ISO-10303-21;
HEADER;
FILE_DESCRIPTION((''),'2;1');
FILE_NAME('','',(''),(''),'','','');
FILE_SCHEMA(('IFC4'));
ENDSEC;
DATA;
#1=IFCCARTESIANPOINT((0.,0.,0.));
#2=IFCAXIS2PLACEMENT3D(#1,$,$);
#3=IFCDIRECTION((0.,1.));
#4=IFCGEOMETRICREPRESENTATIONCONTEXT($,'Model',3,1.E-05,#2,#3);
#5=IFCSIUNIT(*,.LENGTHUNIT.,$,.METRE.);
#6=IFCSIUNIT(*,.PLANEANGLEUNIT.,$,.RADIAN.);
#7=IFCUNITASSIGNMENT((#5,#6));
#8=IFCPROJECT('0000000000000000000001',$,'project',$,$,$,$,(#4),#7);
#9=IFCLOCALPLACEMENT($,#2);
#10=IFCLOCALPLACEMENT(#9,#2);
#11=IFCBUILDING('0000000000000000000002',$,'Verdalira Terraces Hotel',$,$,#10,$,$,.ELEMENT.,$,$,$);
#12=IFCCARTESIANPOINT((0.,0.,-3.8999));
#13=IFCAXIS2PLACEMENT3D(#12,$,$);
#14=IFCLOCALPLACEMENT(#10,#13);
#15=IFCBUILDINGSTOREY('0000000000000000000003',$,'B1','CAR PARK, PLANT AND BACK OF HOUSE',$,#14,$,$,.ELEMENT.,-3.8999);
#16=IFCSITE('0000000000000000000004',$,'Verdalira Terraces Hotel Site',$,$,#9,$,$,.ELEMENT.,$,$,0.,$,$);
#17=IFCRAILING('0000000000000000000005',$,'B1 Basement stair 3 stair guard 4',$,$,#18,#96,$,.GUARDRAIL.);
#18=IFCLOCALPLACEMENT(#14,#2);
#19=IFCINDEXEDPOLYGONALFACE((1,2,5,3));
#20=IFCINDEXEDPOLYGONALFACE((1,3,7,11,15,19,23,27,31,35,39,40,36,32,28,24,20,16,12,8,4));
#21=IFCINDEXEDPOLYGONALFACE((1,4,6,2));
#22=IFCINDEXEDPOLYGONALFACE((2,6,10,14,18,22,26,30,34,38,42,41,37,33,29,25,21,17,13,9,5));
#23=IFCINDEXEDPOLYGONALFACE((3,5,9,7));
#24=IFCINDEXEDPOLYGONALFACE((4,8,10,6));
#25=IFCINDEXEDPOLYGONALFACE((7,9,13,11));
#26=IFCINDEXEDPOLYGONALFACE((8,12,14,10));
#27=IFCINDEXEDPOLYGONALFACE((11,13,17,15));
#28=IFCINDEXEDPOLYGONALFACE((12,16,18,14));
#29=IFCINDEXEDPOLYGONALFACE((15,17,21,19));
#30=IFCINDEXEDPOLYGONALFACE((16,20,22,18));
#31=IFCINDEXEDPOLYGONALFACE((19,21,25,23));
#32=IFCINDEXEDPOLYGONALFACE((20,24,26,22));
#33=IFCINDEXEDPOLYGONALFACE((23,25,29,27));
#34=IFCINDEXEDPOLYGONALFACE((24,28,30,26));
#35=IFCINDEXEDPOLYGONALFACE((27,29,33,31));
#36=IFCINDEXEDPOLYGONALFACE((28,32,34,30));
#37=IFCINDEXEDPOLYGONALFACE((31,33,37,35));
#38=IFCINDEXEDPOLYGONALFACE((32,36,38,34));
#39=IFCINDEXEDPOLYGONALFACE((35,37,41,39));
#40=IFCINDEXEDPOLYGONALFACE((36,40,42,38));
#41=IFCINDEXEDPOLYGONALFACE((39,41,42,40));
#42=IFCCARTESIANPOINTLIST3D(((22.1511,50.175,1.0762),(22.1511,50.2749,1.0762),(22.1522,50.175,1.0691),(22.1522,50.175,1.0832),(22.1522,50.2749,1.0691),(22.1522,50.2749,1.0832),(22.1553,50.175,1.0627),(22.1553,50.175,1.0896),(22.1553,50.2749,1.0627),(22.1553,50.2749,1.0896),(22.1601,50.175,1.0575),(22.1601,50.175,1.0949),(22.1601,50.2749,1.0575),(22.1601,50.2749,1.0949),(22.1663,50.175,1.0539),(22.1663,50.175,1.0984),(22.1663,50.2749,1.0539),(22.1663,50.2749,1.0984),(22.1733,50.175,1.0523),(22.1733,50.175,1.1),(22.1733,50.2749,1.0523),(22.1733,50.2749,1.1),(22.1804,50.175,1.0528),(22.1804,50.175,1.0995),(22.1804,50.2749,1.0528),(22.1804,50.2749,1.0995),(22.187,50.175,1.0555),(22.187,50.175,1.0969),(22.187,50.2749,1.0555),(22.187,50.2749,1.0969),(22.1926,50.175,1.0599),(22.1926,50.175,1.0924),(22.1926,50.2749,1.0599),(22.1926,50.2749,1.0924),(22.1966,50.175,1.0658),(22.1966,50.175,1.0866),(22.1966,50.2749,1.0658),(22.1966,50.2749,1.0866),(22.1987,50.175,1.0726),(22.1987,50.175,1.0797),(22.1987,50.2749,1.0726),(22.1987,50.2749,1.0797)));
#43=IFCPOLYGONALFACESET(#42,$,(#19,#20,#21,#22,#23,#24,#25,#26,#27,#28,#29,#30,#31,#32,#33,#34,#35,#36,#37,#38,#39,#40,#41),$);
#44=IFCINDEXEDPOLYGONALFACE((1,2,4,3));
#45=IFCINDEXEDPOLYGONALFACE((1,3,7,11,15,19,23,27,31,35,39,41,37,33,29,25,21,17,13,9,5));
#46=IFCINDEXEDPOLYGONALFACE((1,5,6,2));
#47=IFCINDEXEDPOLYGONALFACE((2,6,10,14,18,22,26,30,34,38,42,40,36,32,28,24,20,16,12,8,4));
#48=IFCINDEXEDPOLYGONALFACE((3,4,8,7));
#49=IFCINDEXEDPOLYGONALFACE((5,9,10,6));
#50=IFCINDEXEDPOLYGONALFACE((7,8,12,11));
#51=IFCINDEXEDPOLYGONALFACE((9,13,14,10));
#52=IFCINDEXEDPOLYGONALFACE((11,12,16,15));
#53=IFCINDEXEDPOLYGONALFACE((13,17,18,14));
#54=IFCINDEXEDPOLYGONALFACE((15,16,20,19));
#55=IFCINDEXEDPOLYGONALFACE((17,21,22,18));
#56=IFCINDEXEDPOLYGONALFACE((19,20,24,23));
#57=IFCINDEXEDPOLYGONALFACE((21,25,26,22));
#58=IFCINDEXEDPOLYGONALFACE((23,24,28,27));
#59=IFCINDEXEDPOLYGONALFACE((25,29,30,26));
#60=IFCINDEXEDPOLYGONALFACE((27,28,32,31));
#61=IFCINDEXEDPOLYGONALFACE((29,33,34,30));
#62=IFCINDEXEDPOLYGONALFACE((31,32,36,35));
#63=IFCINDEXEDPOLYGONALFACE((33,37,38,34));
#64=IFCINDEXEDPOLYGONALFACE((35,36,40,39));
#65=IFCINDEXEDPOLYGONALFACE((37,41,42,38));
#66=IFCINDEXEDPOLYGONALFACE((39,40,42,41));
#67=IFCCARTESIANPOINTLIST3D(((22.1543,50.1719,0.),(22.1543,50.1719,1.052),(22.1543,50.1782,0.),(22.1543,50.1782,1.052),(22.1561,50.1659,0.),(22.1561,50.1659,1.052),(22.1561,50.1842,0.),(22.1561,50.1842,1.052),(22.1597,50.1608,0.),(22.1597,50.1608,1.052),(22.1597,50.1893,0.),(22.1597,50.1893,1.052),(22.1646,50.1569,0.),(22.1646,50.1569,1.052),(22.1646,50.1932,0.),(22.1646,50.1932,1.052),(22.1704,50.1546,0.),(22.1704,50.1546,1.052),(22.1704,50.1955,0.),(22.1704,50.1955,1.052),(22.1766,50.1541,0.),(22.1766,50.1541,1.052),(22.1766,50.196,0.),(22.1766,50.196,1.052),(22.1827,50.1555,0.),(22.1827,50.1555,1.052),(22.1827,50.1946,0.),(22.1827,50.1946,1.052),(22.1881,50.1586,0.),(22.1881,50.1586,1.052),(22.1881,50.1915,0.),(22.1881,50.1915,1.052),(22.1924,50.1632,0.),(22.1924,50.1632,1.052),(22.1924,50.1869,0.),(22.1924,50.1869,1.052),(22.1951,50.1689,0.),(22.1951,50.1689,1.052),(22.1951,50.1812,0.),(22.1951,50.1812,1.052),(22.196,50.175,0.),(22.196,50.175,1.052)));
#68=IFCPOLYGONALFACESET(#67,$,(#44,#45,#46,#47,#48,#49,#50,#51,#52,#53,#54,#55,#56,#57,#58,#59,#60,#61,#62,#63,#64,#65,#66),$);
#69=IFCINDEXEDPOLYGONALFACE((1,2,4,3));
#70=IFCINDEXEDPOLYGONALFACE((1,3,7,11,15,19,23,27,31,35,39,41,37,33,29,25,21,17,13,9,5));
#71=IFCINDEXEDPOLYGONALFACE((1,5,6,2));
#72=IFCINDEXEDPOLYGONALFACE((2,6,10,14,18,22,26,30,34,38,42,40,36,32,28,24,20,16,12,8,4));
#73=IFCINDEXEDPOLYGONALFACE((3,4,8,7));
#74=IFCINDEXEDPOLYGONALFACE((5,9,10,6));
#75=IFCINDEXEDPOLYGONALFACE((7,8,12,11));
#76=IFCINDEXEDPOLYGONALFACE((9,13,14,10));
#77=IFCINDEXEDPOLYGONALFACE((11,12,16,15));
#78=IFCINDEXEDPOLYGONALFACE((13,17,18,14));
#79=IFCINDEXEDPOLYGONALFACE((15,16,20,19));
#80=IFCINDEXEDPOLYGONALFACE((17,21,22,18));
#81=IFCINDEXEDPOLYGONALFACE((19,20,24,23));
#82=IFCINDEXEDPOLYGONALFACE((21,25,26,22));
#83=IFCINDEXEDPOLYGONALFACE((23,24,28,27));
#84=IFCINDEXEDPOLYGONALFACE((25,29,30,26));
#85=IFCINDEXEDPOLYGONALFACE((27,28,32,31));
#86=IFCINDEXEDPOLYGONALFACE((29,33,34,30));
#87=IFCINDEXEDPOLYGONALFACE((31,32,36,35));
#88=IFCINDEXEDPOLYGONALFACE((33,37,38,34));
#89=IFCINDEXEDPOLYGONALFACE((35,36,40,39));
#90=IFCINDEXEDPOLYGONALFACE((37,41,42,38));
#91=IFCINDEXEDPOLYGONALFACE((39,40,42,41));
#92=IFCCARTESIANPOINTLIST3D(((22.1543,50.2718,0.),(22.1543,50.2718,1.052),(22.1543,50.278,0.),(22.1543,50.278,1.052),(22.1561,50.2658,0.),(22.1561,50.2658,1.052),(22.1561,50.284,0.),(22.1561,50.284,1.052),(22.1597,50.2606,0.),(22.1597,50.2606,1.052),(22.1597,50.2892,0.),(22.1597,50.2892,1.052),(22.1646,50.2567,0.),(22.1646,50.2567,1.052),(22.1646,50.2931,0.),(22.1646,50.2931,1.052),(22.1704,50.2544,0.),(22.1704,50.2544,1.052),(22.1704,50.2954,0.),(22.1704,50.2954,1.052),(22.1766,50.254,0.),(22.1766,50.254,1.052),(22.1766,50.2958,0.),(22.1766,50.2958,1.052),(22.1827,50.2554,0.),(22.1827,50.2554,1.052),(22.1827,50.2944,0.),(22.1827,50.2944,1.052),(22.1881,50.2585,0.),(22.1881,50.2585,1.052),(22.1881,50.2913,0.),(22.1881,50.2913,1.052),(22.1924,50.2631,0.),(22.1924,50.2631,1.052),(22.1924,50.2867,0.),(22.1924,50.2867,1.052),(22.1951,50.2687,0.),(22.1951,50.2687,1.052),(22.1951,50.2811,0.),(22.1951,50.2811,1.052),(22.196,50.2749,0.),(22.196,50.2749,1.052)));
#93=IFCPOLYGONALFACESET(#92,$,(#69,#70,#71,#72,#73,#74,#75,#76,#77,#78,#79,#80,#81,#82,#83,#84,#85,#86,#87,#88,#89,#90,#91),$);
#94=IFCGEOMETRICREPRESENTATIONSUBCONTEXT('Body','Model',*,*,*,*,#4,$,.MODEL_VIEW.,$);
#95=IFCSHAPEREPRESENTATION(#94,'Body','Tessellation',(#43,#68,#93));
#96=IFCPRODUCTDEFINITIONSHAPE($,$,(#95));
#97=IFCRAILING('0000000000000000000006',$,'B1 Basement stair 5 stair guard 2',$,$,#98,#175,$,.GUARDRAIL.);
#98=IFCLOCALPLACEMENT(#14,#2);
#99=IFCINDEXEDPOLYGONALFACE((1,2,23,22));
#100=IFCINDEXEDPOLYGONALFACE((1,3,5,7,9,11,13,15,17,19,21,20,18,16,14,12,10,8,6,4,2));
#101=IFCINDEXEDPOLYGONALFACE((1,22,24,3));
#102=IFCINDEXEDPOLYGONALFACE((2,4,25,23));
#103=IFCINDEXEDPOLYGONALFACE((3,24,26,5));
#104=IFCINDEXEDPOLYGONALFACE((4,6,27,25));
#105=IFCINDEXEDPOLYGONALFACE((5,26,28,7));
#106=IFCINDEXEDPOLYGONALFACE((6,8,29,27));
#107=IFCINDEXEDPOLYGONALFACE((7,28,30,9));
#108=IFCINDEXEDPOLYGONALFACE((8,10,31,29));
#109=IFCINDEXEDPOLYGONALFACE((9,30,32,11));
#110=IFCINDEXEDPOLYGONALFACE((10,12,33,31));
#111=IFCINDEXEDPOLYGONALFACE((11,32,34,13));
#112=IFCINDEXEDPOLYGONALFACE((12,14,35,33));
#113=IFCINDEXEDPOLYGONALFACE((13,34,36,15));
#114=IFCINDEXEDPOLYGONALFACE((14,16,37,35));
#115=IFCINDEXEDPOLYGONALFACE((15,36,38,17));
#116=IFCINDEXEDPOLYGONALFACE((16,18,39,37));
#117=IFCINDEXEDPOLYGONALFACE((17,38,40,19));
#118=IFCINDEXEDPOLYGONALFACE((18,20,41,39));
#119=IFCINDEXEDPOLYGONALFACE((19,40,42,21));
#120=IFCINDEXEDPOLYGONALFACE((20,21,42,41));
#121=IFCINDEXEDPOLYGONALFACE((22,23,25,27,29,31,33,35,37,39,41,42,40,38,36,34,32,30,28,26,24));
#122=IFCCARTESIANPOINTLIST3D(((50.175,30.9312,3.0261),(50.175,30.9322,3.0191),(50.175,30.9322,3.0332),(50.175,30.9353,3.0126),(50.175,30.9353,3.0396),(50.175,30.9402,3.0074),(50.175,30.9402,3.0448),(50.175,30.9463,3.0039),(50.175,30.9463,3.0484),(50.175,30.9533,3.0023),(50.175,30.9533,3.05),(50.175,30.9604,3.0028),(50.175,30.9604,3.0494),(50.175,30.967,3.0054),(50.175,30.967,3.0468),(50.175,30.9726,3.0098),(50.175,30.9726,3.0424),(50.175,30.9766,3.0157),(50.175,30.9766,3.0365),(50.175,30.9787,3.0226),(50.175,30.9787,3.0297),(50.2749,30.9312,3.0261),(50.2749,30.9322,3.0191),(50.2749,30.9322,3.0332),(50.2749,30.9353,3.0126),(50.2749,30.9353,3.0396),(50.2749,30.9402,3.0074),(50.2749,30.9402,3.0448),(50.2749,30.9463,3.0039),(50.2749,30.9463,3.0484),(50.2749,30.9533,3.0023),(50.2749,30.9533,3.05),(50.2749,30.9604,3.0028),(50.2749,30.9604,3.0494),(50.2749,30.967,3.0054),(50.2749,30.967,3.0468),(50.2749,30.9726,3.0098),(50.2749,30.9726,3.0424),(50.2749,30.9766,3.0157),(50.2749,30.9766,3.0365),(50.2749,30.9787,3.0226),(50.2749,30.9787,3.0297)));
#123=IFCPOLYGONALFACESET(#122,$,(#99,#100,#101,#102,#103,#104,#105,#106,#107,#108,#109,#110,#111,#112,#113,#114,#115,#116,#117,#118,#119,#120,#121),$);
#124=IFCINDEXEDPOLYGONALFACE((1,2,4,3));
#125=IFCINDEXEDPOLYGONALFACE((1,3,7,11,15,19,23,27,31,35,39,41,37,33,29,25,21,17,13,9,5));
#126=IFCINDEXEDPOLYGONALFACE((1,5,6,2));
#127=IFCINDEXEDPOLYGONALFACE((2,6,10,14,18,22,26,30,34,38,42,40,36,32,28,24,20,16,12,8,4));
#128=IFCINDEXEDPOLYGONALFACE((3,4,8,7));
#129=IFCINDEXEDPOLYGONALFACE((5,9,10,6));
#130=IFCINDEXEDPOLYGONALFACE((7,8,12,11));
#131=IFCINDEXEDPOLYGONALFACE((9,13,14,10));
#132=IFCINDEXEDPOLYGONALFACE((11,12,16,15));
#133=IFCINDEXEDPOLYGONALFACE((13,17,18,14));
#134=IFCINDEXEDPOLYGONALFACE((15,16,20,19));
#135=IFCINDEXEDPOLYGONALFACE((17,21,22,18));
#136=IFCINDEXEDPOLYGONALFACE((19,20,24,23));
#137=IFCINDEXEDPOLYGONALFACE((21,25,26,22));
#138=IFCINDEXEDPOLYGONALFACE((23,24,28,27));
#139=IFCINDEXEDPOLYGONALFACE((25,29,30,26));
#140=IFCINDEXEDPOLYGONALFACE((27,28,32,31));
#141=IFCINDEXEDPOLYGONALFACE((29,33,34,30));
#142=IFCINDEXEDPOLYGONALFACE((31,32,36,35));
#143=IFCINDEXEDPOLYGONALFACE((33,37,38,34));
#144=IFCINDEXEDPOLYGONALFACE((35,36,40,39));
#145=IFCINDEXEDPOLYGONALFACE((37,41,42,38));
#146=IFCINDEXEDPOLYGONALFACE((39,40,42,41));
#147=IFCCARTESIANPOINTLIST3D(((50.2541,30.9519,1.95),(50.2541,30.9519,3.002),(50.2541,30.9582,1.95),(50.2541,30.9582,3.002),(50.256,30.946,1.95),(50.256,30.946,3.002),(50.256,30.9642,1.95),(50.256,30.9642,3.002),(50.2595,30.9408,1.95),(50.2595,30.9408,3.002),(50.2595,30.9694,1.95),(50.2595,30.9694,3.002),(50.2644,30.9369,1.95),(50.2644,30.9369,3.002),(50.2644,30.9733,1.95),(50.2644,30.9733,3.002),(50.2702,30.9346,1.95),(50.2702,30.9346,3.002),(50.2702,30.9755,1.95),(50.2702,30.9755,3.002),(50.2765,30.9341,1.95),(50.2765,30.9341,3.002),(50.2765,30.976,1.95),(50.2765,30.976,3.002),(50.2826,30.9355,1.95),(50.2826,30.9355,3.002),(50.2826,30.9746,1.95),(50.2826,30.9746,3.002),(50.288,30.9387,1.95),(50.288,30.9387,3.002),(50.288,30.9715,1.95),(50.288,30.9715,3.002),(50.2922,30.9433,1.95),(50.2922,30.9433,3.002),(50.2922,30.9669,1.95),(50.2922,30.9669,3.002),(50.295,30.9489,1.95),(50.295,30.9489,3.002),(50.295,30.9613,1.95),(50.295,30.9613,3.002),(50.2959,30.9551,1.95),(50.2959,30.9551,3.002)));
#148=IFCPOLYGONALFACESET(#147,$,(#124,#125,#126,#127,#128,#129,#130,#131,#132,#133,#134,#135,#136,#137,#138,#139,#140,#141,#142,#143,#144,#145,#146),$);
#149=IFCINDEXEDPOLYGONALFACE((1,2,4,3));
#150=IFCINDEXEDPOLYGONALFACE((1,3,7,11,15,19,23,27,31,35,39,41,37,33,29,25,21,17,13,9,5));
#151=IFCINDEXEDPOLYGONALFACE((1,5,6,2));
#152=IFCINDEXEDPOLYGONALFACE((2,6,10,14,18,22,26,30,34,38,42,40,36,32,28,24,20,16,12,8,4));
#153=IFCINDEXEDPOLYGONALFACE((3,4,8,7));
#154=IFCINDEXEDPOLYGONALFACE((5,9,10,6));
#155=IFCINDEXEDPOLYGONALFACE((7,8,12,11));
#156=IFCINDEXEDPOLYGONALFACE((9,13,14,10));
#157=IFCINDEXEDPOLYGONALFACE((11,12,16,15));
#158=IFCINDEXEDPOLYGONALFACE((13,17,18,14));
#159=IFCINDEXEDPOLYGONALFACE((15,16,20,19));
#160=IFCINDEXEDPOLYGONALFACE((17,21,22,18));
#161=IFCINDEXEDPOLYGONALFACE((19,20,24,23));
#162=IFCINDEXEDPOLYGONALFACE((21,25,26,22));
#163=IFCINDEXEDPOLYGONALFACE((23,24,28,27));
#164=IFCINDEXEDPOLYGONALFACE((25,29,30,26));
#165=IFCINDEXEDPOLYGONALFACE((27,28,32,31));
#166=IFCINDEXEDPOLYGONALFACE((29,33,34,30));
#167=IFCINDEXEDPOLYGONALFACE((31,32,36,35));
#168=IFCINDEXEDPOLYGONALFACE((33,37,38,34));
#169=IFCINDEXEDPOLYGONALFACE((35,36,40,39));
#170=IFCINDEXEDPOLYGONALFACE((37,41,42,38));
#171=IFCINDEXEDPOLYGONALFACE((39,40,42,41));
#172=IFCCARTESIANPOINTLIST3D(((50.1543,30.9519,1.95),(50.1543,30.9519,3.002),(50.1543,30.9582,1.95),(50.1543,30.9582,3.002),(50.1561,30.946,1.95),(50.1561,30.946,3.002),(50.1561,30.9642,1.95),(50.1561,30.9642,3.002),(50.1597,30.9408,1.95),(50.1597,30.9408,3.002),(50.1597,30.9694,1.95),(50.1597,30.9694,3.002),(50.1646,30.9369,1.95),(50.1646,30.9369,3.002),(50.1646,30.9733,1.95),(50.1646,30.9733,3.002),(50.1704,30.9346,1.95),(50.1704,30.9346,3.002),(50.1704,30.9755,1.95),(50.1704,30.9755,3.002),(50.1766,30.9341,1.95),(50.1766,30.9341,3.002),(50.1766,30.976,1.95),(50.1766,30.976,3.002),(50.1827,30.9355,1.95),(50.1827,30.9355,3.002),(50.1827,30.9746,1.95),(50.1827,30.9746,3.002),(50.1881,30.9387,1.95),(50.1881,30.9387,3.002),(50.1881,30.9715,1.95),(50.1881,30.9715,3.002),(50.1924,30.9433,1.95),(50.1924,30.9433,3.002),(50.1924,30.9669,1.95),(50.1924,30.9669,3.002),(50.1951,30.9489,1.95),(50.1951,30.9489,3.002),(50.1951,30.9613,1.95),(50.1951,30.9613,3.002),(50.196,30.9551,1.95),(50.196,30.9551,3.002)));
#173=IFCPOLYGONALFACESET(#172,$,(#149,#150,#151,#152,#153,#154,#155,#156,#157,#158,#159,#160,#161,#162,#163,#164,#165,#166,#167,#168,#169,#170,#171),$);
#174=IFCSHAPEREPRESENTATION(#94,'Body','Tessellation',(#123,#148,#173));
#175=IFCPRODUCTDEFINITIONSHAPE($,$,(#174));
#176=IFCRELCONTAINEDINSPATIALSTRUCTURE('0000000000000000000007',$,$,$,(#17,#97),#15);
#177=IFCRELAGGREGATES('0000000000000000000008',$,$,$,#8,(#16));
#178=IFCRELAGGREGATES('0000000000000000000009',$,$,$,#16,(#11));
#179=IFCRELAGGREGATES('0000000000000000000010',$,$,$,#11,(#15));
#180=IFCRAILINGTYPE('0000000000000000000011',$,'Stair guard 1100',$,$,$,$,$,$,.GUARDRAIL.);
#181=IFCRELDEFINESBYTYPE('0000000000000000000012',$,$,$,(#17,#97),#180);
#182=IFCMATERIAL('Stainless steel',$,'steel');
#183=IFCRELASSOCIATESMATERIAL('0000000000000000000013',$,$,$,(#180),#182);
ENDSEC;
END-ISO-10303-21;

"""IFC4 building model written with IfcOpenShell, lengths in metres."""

from ifc_helpers import new_model, si_unit, direction, frame, origin, origin_2d, place, context, subcontext, project, spatial, circle, extrude, material, type_object, element, save


model = new_model("IFC4")

# Units and contexts
model_context = context("Model", 3, precision=1e-05, world=origin(), true_north=direction((0.0, 1.0)))
body_context = subcontext(model_context, "Body", "Model", "MODEL_VIEW")
ifc_project = project(units=[si_unit("LENGTHUNIT", "METRE"), si_unit("PLANEANGLEUNIT", "RADIAN")], contexts=[model_context])

# Site, building, storey
site_placement = place(None, origin())
site = spatial("IfcSite", under=ifc_project, at=site_placement, Name="Verdalira Terraces Hotel Site", CompositionType="ELEMENT", RefElevation=0.0)
building_placement = place(site_placement, origin())
building = spatial("IfcBuilding", under=site, at=building_placement, Name="Verdalira Terraces Hotel", CompositionType="ELEMENT")
storey_placement = place(building_placement, frame((0.0, 0.0, -3.8999)))
storey = spatial("IfcBuildingStorey", under=building, at=storey_placement, Name="B1", Description="CAR PARK, PLANT AND BACK OF HOUSE", CompositionType="ELEMENT", Elevation=-3.8999)

# Railings
ifc_material_1 = material(Name="Stainless steel", Category="steel")
railing_type_1 = type_object("IfcRailingType", Name="Stair guard 1100", PredefinedType="GUARDRAIL", material=ifc_material_1)
railing_1_placement = place(storey_placement, frame((22.175, 50.175, 0.0)))
element("IfcRailing", 1, at=railing_1_placement, inside=storey, type_object=railing_type_1, Name="B1 Basement stair 3 stair guard 4", PredefinedType="GUARDRAIL", context=body_context, shape_type="SweptSolid", body=[
    extrude(circle(Radius=0.0239, at=origin_2d()), frame((0.0, 0.0, 1.0762), z_axis=(0.0, 1.0, 0.0), x_axis=(-1.0, 0.0, 0.0)), (0.0, 0.0, 1.0), 0.0999),
    extrude(circle(Radius=0.021, at=origin_2d()), origin(), (0.0, 0.0, 1.0), 1.052),
    extrude(circle(Radius=0.021, at=origin_2d()), frame((0.0, 0.0999, 0.0)), (0.0, 0.0, 1.0), 1.052),
])
railing_2_placement = place(storey_placement, frame((50.2749, 30.9551, 1.95)))
element("IfcRailing", 2, at=railing_2_placement, inside=storey, type_object=railing_type_1, Name="B1 Basement stair 5 stair guard 2", PredefinedType="GUARDRAIL", context=body_context, shape_type="SweptSolid", body=[
    extrude(circle(Radius=0.0239, at=origin_2d()), frame((0.0, 0.0, 1.0762), z_axis=(-1.0, 0.0, 0.0), x_axis=(0.0, -1.0, 0.0)), (0.0, 0.0, 1.0), 0.0999),
    extrude(circle(Radius=0.021, at=origin_2d()), origin(), (0.0, 0.0, 1.0), 1.052),
    extrude(circle(Radius=0.021, at=origin_2d()), frame((-0.0999, 0.0, 0.0)), (0.0, 0.0, 1.0), 1.052),
])

save(model, "model.ifc")
